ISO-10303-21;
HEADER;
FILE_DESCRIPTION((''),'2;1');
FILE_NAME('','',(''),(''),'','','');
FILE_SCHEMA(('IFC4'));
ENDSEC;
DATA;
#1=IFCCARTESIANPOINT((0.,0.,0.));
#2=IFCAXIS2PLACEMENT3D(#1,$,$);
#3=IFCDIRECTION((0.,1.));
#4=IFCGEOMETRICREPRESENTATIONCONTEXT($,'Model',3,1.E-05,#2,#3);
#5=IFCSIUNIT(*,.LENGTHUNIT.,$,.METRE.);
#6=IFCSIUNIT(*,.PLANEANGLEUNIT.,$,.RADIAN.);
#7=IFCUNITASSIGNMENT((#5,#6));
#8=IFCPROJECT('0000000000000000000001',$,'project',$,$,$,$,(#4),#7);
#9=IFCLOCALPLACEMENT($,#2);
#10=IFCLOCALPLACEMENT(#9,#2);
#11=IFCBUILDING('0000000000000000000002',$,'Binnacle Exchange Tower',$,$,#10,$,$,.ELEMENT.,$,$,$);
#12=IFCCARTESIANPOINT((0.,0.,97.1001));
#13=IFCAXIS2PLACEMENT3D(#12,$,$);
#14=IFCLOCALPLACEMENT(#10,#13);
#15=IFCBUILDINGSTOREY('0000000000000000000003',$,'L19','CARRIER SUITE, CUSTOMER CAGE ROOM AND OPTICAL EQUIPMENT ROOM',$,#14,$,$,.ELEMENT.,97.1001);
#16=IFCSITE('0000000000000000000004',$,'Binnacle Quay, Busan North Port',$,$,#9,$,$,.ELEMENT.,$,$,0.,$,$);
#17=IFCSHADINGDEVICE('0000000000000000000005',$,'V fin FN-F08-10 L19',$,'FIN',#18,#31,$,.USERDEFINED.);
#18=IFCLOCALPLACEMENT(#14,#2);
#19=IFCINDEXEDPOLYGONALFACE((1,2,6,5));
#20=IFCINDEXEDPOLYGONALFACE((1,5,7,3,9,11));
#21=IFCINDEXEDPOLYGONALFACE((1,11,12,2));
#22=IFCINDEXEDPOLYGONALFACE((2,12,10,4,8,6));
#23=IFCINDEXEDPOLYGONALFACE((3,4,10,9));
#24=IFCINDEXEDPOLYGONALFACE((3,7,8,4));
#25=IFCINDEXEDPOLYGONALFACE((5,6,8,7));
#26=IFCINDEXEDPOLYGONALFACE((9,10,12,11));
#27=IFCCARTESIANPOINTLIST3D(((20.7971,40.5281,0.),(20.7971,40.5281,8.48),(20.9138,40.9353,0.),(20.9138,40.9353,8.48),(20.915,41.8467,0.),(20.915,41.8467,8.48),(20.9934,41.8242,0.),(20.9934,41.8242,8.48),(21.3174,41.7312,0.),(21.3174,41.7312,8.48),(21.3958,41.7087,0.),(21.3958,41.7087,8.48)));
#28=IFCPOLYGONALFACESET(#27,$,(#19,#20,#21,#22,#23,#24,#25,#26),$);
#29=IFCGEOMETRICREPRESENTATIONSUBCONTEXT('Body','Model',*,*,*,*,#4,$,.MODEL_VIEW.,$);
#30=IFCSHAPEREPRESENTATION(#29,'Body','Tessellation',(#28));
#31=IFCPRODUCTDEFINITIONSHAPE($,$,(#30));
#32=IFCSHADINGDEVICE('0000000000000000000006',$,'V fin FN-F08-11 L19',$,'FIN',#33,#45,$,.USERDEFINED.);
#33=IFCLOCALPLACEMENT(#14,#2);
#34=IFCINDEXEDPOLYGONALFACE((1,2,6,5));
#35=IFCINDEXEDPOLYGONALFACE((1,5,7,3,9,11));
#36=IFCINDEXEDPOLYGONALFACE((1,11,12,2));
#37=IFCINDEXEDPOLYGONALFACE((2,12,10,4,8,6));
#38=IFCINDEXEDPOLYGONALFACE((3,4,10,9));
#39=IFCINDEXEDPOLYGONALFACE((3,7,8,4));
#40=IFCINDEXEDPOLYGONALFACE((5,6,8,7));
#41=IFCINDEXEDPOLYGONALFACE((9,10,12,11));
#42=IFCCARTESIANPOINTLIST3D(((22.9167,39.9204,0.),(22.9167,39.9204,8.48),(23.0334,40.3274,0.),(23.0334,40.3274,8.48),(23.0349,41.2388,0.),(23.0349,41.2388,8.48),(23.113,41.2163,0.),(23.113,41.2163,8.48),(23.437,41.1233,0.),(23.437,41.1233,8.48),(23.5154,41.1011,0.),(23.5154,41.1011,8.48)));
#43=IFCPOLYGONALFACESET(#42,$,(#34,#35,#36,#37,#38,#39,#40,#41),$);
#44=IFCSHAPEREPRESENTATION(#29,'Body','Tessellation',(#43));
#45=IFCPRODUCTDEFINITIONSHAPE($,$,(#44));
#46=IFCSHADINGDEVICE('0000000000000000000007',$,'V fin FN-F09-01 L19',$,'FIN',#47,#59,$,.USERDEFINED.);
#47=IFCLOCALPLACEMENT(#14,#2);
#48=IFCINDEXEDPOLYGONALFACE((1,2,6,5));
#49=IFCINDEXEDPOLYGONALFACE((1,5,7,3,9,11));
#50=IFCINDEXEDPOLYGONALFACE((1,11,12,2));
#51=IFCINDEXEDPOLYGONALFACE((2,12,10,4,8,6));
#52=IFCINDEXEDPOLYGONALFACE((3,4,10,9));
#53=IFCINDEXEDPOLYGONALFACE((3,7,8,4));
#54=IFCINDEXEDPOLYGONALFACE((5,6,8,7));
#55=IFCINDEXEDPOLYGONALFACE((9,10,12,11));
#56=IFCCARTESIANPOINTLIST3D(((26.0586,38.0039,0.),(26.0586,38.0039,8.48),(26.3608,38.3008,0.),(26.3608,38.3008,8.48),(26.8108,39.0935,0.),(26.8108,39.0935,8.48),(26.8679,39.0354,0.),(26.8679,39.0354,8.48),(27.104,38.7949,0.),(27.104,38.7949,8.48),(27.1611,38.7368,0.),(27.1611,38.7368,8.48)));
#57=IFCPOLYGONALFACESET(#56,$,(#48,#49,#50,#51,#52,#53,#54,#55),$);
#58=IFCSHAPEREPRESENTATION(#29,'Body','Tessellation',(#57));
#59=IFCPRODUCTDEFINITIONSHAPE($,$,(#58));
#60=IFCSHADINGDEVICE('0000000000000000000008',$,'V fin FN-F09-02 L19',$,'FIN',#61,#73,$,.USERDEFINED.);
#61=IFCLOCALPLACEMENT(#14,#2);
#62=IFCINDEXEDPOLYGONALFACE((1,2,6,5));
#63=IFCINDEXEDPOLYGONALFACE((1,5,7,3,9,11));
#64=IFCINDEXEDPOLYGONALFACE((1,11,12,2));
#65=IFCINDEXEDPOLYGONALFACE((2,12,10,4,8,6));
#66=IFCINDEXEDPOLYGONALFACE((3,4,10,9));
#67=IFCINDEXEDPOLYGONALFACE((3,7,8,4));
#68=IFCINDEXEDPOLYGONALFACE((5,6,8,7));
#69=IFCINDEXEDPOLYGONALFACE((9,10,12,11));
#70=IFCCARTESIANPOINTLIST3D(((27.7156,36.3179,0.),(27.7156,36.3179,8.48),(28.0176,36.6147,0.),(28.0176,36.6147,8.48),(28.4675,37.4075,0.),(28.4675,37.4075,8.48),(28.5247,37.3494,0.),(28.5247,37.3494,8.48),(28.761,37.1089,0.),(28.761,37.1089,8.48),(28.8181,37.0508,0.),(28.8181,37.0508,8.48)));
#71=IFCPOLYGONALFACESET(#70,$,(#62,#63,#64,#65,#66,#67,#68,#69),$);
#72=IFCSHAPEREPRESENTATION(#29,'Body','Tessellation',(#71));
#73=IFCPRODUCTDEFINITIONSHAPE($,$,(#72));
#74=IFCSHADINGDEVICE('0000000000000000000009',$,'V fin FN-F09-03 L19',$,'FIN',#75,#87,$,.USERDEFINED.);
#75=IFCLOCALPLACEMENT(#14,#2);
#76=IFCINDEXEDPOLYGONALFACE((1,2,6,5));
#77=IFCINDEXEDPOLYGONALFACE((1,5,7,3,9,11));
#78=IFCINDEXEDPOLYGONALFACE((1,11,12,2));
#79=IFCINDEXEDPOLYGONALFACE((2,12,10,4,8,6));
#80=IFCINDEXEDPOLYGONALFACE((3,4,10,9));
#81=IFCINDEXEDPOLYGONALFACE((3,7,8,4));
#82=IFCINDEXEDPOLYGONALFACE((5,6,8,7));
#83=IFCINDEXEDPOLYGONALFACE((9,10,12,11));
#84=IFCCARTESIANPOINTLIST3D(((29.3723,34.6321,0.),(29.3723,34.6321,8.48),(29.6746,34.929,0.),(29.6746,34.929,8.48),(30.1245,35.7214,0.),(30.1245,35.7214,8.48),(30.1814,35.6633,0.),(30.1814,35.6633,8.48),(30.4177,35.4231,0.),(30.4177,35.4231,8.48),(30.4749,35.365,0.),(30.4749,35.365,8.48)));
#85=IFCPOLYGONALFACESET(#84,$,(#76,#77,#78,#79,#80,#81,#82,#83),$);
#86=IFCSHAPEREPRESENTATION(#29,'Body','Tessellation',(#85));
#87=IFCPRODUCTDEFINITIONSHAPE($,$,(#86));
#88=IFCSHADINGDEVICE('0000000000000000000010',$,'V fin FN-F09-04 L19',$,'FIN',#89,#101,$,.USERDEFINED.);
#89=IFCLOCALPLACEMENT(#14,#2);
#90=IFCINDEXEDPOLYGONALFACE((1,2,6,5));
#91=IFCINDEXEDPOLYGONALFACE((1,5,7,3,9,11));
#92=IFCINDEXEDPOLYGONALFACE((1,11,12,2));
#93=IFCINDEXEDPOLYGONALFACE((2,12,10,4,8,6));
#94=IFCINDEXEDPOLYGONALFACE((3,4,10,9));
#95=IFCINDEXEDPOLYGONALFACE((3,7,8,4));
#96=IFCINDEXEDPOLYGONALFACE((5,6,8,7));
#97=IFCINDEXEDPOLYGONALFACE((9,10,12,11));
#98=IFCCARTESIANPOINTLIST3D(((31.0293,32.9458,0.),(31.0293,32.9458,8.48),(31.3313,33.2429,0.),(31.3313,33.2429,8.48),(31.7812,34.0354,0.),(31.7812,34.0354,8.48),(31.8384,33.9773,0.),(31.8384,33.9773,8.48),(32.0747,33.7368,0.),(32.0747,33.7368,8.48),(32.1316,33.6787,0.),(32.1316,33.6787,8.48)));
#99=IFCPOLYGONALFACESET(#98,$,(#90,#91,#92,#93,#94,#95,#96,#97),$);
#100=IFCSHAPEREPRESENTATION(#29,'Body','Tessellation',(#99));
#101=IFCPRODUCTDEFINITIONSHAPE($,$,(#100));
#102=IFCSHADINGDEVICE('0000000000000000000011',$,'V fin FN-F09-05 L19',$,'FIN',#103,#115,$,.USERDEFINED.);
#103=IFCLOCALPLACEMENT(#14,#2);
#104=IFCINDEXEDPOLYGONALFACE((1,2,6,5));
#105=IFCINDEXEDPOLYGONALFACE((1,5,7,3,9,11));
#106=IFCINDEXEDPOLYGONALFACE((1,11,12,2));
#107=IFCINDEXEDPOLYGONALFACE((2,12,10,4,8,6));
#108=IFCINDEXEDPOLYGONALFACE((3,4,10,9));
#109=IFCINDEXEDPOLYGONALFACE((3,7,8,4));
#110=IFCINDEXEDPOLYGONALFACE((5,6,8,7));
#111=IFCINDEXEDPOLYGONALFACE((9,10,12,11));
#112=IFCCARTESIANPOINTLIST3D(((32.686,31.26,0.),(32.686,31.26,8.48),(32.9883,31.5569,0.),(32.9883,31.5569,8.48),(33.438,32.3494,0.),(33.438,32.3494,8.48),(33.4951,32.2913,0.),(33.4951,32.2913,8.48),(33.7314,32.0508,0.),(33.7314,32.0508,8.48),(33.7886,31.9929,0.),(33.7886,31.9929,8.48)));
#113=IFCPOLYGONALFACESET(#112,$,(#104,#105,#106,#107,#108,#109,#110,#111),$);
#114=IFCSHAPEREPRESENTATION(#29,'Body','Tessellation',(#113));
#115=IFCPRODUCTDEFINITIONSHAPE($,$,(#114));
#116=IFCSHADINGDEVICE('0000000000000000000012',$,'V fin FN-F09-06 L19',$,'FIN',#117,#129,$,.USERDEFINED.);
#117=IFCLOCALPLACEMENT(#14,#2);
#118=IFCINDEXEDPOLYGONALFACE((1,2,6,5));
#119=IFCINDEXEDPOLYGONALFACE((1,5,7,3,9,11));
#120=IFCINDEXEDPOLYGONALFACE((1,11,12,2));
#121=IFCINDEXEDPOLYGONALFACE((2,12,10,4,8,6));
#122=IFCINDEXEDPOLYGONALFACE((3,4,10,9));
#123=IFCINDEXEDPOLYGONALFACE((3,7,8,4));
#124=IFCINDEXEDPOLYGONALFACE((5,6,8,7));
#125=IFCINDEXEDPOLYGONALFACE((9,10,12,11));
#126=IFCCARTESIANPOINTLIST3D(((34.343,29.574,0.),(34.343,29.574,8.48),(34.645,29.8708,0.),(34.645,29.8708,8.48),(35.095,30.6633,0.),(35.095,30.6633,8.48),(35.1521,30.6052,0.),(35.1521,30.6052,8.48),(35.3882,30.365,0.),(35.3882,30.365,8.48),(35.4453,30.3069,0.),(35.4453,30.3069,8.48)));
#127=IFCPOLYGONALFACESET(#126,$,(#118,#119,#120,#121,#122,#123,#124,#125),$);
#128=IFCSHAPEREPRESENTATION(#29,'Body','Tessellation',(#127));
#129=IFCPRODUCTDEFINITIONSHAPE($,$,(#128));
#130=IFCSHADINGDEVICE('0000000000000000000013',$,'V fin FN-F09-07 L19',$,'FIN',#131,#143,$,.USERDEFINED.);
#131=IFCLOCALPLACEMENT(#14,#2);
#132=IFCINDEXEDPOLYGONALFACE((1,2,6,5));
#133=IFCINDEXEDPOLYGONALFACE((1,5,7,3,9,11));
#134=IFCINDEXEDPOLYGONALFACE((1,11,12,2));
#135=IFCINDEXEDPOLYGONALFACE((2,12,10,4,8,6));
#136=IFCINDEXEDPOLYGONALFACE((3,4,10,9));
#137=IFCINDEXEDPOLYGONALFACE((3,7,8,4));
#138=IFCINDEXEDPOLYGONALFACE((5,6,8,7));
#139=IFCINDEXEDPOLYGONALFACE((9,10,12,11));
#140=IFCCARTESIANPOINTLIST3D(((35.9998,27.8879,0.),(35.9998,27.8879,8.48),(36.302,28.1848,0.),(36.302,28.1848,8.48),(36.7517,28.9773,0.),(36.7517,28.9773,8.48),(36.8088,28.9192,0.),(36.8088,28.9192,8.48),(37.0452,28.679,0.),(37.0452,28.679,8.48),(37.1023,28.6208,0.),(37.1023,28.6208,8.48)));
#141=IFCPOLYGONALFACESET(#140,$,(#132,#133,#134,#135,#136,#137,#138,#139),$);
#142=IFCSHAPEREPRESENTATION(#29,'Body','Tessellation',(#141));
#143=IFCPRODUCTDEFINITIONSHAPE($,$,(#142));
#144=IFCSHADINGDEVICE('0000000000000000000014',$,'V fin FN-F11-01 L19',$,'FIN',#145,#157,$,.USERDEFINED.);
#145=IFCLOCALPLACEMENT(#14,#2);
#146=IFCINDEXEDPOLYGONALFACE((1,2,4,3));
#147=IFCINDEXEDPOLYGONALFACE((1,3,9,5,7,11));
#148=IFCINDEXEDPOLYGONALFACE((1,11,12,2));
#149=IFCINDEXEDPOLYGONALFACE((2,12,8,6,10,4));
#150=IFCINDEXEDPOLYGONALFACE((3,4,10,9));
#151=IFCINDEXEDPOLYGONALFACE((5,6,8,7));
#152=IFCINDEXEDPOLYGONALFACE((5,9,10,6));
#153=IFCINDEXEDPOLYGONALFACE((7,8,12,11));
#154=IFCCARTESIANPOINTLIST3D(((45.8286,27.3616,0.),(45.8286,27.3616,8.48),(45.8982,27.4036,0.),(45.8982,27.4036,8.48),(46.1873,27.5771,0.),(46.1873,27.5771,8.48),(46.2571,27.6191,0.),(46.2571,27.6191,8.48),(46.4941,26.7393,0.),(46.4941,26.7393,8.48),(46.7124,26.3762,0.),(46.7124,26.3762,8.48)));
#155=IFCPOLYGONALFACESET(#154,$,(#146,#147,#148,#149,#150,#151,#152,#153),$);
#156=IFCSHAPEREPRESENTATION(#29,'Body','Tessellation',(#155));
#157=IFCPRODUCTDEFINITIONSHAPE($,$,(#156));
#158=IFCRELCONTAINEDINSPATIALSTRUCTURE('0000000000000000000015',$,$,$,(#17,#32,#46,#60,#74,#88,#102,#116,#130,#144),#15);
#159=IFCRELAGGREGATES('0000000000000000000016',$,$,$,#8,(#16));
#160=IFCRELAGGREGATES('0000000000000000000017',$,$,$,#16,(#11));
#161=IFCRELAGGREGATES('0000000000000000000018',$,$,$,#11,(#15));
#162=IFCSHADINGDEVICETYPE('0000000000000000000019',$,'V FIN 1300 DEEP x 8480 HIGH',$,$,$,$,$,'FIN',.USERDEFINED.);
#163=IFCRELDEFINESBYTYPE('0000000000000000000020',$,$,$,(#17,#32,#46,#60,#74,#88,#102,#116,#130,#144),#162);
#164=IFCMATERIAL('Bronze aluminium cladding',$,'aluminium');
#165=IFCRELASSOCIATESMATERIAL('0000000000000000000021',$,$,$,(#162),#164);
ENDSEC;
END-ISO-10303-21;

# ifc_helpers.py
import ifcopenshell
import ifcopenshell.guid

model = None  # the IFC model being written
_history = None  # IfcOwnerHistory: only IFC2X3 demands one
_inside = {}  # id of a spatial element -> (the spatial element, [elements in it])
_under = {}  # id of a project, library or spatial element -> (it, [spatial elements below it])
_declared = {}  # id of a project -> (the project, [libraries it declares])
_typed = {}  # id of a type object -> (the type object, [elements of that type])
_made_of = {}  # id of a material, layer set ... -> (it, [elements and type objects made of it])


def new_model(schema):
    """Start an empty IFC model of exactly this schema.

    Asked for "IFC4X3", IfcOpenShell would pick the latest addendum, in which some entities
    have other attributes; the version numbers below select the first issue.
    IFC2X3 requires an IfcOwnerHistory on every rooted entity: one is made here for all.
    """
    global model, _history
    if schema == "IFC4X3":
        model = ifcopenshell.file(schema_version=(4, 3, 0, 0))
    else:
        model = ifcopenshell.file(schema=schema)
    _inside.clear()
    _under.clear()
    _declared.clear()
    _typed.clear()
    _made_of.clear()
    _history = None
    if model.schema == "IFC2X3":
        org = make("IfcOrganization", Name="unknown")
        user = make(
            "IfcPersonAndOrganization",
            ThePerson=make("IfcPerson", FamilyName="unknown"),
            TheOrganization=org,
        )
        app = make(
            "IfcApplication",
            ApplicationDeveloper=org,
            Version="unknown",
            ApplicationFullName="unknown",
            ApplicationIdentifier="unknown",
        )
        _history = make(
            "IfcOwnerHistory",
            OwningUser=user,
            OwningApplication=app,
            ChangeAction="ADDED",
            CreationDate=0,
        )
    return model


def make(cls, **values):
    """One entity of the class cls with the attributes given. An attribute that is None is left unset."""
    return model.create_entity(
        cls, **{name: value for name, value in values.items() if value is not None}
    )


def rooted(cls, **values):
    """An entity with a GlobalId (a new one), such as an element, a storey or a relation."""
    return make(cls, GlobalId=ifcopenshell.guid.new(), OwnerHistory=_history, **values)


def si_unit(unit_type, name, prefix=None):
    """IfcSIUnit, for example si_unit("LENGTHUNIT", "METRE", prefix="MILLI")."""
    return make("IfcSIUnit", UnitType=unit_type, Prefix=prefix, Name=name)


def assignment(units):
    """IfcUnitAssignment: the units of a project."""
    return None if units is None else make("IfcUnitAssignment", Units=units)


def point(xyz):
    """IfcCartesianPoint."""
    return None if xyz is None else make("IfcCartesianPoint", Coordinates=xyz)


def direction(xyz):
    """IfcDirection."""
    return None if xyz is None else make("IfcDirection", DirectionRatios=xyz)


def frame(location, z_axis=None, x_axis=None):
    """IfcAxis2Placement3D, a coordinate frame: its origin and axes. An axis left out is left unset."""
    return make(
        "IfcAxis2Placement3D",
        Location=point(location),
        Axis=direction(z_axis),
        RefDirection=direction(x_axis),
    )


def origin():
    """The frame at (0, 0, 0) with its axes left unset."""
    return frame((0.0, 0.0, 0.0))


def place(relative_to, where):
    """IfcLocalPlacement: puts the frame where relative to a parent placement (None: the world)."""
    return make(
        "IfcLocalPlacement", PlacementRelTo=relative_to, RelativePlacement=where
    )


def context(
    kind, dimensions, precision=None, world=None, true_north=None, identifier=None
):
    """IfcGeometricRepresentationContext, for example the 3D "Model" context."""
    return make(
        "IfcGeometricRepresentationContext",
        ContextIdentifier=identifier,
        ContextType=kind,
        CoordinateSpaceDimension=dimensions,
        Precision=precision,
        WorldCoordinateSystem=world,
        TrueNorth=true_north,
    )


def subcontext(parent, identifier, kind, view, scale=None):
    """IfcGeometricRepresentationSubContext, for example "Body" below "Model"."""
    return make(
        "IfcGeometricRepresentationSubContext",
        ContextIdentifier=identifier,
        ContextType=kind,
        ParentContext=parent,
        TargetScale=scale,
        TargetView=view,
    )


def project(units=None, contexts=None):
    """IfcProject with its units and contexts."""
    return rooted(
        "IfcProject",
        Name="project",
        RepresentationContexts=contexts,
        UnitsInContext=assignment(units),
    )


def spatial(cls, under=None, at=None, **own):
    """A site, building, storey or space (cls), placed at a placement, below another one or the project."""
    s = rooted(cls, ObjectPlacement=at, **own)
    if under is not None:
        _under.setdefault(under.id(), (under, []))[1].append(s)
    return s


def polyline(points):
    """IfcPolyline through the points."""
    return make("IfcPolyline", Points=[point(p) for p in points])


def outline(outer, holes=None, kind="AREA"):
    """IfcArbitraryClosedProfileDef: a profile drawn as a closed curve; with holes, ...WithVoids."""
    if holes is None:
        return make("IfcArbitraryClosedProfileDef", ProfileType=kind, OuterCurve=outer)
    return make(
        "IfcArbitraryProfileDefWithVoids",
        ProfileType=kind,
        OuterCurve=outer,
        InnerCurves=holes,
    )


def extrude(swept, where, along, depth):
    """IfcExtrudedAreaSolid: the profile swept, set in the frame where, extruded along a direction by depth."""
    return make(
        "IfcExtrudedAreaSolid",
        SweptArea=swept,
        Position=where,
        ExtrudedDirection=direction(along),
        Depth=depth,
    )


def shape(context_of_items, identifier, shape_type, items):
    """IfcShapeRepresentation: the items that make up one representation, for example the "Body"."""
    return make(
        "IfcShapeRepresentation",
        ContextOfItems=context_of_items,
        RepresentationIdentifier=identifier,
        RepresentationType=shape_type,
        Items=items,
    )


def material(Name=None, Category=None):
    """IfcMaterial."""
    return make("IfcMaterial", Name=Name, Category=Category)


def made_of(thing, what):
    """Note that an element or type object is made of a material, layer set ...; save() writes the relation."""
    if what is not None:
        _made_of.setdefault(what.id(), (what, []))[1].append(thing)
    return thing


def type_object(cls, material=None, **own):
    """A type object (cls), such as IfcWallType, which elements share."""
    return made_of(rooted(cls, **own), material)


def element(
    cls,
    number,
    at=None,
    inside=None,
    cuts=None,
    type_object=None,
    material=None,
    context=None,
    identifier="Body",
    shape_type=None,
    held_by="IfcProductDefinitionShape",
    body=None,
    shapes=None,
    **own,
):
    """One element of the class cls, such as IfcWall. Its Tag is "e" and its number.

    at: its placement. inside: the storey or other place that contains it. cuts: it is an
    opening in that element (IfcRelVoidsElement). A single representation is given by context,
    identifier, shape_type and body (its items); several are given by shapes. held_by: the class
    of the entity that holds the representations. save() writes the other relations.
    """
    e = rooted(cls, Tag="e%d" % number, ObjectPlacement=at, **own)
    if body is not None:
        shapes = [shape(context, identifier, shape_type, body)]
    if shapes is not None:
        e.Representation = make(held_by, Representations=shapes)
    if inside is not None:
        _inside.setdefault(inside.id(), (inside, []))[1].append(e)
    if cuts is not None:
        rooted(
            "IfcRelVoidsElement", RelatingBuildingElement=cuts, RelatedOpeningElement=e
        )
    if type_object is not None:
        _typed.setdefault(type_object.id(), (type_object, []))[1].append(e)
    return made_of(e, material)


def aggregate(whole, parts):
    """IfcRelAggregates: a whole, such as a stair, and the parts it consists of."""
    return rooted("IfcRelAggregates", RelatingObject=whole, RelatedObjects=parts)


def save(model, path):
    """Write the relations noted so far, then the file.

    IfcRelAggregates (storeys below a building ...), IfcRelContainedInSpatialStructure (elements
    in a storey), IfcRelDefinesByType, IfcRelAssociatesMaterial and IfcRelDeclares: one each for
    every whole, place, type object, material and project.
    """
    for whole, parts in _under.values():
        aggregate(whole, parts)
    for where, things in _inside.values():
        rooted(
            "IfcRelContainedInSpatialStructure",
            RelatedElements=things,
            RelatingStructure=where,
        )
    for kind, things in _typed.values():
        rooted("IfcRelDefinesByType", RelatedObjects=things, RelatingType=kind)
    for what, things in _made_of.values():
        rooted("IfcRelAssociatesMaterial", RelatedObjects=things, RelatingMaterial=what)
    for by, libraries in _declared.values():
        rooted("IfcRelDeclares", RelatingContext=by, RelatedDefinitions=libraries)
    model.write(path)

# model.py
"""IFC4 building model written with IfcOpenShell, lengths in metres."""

from ifc_helpers import new_model, si_unit, direction, frame, origin, place, context, subcontext, project, spatial, polyline, outline, extrude, material, type_object, element, save


model = new_model("IFC4")

# Units and contexts
model_context = context("Model", 3, precision=1e-05, world=origin(), true_north=direction((0.0, 1.0)))
body_context = subcontext(model_context, "Body", "Model", "MODEL_VIEW")
ifc_project = project(units=[si_unit("LENGTHUNIT", "METRE"), si_unit("PLANEANGLEUNIT", "RADIAN")], contexts=[model_context])

# Site, building, storey
site_placement = place(None, origin())
site = spatial("IfcSite", under=ifc_project, at=site_placement, Name="Binnacle Quay, Busan North Port", CompositionType="ELEMENT", RefElevation=0.0)
building_placement = place(site_placement, origin())
building = spatial("IfcBuilding", under=site, at=building_placement, Name="Binnacle Exchange Tower", CompositionType="ELEMENT")
storey_placement = place(building_placement, frame((0.0, 0.0, 97.1001)))
storey = spatial("IfcBuildingStorey", under=building, at=storey_placement, Name="L19", Description="CARRIER SUITE, CUSTOMER CAGE ROOM AND OPTICAL EQUIPMENT ROOM", CompositionType="ELEMENT", Elevation=97.1001)

# Shading devices
ifc_material = material(Name="Bronze aluminium cladding", Category="aluminium")
shading_device_type = type_object("IfcShadingDeviceType", Name="V FIN 1300 DEEP x 8480 HIGH", ElementType="FIN", PredefinedType="USERDEFINED", material=ifc_material)
shading_device_1_placement = place(storey_placement, origin())
element("IfcShadingDevice", 1, at=shading_device_1_placement, inside=storey, type_object=shading_device_type, Name="V fin FN-F08-10 L19", ObjectType="FIN", PredefinedType="USERDEFINED", context=body_context, shape_type="SweptSolid", body=[
    extrude(outline(polyline([(20.915, 41.8467), (20.7971, 40.5281), (21.3958, 41.7087), (21.3174, 41.7312), (20.9138, 40.9353), (20.9934, 41.8242), (20.915, 41.8467)])), origin(), (0.0, 0.0, 1.0), 8.48),
])
shading_device_2_placement = place(storey_placement, origin())
element("IfcShadingDevice", 2, at=shading_device_2_placement, inside=storey, type_object=shading_device_type, Name="V fin FN-F08-11 L19", ObjectType="FIN", PredefinedType="USERDEFINED", context=body_context, shape_type="SweptSolid", body=[
    extrude(outline(polyline([(23.0349, 41.2388), (22.9167, 39.9204), (23.5154, 41.1011), (23.437, 41.1233), (23.0334, 40.3274), (23.113, 41.2163), (23.0349, 41.2388)])), origin(), (0.0, 0.0, 1.0), 8.48),
])
shading_device_3_placement = place(storey_placement, origin())
element("IfcShadingDevice", 3, at=shading_device_3_placement, inside=storey, type_object=shading_device_type, Name="V fin FN-F09-01 L19", ObjectType="FIN", PredefinedType="USERDEFINED", context=body_context, shape_type="SweptSolid", body=[
    extrude(outline(polyline([(26.8108, 39.0935), (26.0586, 38.0039), (27.1611, 38.7368), (27.104, 38.7949), (26.3608, 38.3008), (26.8679, 39.0354), (26.8108, 39.0935)])), origin(), (0.0, 0.0, 1.0), 8.48),
])
shading_device_4_placement = place(storey_placement, origin())
element("IfcShadingDevice", 4, at=shading_device_4_placement, inside=storey, type_object=shading_device_type, Name="V fin FN-F09-02 L19", ObjectType="FIN", PredefinedType="USERDEFINED", context=body_context, shape_type="SweptSolid", body=[
    extrude(outline(polyline([(28.4675, 37.4075), (27.7156, 36.3179), (28.8181, 37.0508), (28.761, 37.1089), (28.0176, 36.6147), (28.5247, 37.3494), (28.4675, 37.4075)])), origin(), (0.0, 0.0, 1.0), 8.48),
])
shading_device_5_placement = place(storey_placement, origin())
element("IfcShadingDevice", 5, at=shading_device_5_placement, inside=storey, type_object=shading_device_type, Name="V fin FN-F09-03 L19", ObjectType="FIN", PredefinedType="USERDEFINED", context=body_context, shape_type="SweptSolid", body=[
    extrude(outline(polyline([(30.1245, 35.7214), (29.3723, 34.6321), (30.4749, 35.365), (30.4177, 35.4231), (29.6746, 34.929), (30.1814, 35.6633), (30.1245, 35.7214)])), origin(), (0.0, 0.0, 1.0), 8.48),
])
shading_device_6_placement = place(storey_placement, origin())
element("IfcShadingDevice", 6, at=shading_device_6_placement, inside=storey, type_object=shading_device_type, Name="V fin FN-F09-04 L19", ObjectType="FIN", PredefinedType="USERDEFINED", context=body_context, shape_type="SweptSolid", body=[
    extrude(outline(polyline([(31.7812, 34.0354), (31.0293, 32.9458), (32.1316, 33.6787), (32.0747, 33.7368), (31.3313, 33.2429), (31.8384, 33.9773), (31.7812, 34.0354)])), origin(), (0.0, 0.0, 1.0), 8.48),
])
shading_device_7_placement = place(storey_placement, origin())
element("IfcShadingDevice", 7, at=shading_device_7_placement, inside=storey, type_object=shading_device_type, Name="V fin FN-F09-05 L19", ObjectType="FIN", PredefinedType="USERDEFINED", context=body_context, shape_type="SweptSolid", body=[
    extrude(outline(polyline([(33.438, 32.3494), (32.686, 31.26), (33.7886, 31.9929), (33.7314, 32.0508), (32.9883, 31.5569), (33.4951, 32.2913), (33.438, 32.3494)])), origin(), (0.0, 0.0, 1.0), 8.48),
])
shading_device_8_placement = place(storey_placement, origin())
element("IfcShadingDevice", 8, at=shading_device_8_placement, inside=storey, type_object=shading_device_type, Name="V fin FN-F09-06 L19", ObjectType="FIN", PredefinedType="USERDEFINED", context=body_context, shape_type="SweptSolid", body=[
    extrude(outline(polyline([(35.095, 30.6633), (34.343, 29.574), (35.4453, 30.3069), (35.3882, 30.365), (34.645, 29.8708), (35.1521, 30.6052), (35.095, 30.6633)])), origin(), (0.0, 0.0, 1.0), 8.48),
])
shading_device_9_placement = place(storey_placement, origin())
element("IfcShadingDevice", 9, at=shading_device_9_placement, inside=storey, type_object=shading_device_type, Name="V fin FN-F09-07 L19", ObjectType="FIN", PredefinedType="USERDEFINED", context=body_context, shape_type="SweptSolid", body=[
    extrude(outline(polyline([(36.7517, 28.9773), (35.9998, 27.8879), (37.1023, 28.6208), (37.0452, 28.679), (36.302, 28.1848), (36.8088, 28.9192), (36.7517, 28.9773)])), origin(), (0.0, 0.0, 1.0), 8.48),
])
shading_device_10_placement = place(storey_placement, origin())
element("IfcShadingDevice", 10, at=shading_device_10_placement, inside=storey, type_object=shading_device_type, Name="V fin FN-F11-01 L19", ObjectType="FIN", PredefinedType="USERDEFINED", context=body_context, shape_type="SweptSolid", body=[
    extrude(outline(polyline([(45.8286, 27.3616), (46.7124, 26.3762), (46.2571, 27.6191), (46.1873, 27.5771), (46.4941, 26.7393), (45.8982, 27.4036), (45.8286, 27.3616)])), origin(), (0.0, 0.0, 1.0), 8.48),
])

save(model, "model.ifc")
